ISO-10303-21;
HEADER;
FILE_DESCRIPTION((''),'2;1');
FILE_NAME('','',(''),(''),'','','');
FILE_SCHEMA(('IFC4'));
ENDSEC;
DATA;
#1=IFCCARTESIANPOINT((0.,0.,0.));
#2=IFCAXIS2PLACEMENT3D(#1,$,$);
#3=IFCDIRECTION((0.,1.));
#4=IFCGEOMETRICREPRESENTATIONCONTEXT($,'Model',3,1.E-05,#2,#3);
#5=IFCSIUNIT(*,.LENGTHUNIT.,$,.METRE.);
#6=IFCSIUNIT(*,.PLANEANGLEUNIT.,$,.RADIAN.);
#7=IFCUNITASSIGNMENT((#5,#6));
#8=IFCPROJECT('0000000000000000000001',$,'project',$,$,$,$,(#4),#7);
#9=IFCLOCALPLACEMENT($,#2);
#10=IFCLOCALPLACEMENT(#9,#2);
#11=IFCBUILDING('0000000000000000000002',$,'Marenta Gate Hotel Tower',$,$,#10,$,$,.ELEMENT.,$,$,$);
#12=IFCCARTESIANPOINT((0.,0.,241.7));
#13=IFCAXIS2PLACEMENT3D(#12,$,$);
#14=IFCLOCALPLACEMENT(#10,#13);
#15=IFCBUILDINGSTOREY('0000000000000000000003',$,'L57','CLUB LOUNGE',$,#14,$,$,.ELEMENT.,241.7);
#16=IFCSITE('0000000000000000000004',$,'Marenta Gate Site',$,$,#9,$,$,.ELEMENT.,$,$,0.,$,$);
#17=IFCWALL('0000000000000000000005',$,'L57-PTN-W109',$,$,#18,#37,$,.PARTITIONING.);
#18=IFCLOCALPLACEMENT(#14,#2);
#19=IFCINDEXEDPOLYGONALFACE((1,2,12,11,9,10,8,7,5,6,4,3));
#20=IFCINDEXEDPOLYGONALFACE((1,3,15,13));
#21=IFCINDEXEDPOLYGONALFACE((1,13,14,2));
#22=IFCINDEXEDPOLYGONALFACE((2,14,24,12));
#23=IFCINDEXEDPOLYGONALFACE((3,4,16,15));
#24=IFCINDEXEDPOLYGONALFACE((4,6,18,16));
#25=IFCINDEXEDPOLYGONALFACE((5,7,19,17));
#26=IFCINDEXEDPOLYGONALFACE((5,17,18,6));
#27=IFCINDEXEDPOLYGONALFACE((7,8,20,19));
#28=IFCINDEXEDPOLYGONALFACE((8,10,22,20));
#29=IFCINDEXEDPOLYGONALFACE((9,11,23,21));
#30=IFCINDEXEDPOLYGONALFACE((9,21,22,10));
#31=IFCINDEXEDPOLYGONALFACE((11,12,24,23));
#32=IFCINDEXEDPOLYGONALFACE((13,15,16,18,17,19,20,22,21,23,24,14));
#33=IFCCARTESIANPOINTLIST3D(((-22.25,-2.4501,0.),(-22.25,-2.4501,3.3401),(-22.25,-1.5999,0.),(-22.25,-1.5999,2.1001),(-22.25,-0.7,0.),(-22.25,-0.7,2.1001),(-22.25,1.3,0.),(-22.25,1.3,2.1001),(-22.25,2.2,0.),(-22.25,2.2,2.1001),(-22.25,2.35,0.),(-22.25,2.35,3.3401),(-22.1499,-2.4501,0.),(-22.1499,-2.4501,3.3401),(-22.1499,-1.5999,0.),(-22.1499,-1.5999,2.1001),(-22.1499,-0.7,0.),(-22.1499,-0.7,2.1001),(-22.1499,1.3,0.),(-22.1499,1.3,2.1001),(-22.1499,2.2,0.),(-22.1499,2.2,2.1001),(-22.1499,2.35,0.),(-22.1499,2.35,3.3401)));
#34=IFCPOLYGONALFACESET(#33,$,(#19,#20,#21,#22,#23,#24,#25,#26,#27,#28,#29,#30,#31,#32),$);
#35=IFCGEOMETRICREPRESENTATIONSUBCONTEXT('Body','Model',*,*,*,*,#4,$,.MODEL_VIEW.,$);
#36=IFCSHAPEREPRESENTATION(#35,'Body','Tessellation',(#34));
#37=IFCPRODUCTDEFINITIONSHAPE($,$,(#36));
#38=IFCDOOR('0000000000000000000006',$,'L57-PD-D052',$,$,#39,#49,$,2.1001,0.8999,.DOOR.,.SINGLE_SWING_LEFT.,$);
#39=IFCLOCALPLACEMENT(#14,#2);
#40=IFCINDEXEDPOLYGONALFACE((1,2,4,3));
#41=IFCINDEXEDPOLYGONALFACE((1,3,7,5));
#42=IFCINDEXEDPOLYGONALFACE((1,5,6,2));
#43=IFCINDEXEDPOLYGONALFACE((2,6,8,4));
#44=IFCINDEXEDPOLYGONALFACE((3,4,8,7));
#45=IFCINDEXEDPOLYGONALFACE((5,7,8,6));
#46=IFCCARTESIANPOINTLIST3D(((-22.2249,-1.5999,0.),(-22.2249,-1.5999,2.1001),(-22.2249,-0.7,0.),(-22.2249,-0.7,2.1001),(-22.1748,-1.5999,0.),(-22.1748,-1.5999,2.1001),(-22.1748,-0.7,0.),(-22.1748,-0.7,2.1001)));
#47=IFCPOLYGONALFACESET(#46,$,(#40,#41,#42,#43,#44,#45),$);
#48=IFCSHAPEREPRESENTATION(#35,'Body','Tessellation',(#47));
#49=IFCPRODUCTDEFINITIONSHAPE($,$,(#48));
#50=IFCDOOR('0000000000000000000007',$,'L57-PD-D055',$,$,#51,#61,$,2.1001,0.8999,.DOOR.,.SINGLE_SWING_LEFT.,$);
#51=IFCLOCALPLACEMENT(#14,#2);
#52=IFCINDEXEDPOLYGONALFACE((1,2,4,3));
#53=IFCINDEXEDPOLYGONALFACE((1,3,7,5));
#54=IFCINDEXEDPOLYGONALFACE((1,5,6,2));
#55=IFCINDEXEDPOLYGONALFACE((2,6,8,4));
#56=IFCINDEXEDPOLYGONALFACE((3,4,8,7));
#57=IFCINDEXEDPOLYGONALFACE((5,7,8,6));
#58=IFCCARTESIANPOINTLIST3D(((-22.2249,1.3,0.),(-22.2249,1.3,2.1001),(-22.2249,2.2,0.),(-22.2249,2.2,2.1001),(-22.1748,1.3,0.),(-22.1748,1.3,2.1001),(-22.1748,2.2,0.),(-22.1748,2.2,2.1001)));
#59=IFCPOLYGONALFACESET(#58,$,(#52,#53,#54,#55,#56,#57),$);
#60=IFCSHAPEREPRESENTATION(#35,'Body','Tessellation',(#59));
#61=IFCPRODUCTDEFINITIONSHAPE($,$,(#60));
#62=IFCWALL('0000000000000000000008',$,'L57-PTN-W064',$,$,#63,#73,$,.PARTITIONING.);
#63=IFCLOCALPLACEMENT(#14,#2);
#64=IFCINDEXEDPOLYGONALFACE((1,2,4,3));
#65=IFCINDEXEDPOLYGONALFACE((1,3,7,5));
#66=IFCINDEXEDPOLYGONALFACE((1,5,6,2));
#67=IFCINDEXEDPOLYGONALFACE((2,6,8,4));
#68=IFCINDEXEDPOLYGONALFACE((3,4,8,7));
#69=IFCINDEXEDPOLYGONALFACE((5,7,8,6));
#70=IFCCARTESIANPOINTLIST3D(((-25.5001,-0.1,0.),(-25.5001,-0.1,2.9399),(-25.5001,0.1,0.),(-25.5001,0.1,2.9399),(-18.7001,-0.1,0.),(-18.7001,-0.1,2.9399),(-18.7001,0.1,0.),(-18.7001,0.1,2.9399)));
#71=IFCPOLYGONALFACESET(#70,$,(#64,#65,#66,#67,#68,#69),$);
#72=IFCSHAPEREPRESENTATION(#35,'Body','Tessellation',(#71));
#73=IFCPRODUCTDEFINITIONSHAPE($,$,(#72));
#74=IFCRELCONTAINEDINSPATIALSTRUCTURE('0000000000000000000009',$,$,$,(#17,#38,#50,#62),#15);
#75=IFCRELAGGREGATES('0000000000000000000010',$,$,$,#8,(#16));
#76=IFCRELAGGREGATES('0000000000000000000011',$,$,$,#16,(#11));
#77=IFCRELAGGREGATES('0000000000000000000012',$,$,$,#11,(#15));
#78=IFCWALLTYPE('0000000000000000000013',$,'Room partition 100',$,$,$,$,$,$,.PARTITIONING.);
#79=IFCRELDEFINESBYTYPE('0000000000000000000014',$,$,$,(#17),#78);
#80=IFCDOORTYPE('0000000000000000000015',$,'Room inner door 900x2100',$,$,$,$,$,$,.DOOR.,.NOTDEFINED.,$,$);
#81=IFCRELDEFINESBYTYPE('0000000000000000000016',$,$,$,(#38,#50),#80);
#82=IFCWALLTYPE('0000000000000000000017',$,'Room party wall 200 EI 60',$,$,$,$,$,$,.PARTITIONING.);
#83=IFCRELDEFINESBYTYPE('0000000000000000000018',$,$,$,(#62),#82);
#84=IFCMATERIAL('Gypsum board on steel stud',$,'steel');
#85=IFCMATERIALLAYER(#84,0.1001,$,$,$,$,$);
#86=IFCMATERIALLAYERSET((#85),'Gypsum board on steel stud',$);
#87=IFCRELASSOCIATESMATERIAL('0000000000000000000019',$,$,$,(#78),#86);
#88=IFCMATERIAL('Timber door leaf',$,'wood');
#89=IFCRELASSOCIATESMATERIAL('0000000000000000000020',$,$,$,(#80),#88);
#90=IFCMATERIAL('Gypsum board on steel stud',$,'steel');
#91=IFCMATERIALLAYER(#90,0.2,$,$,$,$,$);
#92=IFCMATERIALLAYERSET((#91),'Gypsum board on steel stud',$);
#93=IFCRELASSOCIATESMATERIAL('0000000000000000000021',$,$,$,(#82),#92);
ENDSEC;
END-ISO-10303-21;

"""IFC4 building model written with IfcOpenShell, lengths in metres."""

from ifc_helpers import new_model, si_unit, direction, frame, frame_2d, origin, place, context, subcontext, project, spatial, rectangle, extrude, material, layer, layer_set, type_object, element, fill, save


model = new_model("IFC4")

# Units and contexts
model_context = context("Model", 3, precision=1e-05, world=origin(), true_north=direction((0.0, 1.0)))
body_context = subcontext(model_context, "Body", "Model", "MODEL_VIEW")
ifc_project = project(units=[si_unit("LENGTHUNIT", "METRE"), si_unit("PLANEANGLEUNIT", "RADIAN")], contexts=[model_context])

# Site, building, storey
site_placement = place(None, origin())
site = spatial("IfcSite", under=ifc_project, at=site_placement, Name="Marenta Gate Site", CompositionType="ELEMENT", RefElevation=0.0)
building_placement = place(site_placement, origin())
building = spatial("IfcBuilding", under=site, at=building_placement, Name="Marenta Gate Hotel Tower", CompositionType="ELEMENT")
storey_placement = place(building_placement, frame((0.0, 0.0, 241.7)))
storey = spatial("IfcBuildingStorey", under=building, at=storey_placement, Name="L57", Description="CLUB LOUNGE", CompositionType="ELEMENT", Elevation=241.7)

# Shared definitions
ifc_material_1 = material(Name="Gypsum board on steel stud", Category="steel")
ifc_layer_1 = layer(ifc_material_1, 0.1001)
ifc_layer_set_1 = layer_set([ifc_layer_1], Name="Gypsum board on steel stud")
wall_type_1 = type_object("IfcWallType", Name="Room partition 100", PredefinedType="PARTITIONING", material=ifc_layer_set_1)

# Wall, openings, doors
wall_1_placement = place(storey_placement, frame((-22.2, -2.45, 0.0), z_axis=(0.0, 0.0, 1.0), x_axis=(0.0, 1.0, 0.0)))
wall_1 = element("IfcWall", 1, at=wall_1_placement, inside=storey, type_object=wall_type_1, Name="L57-PTN-W109", PredefinedType="PARTITIONING", context=body_context, shape_type="SweptSolid", body=[
    extrude(rectangle(XDim=4.8, YDim=0.1001, at=frame_2d((2.3999, 0.0))), origin(), (0.0, 0.0, 1.0), 3.3401),
])
opening_1_placement = place(wall_1_placement, frame((0.8501, 0.0, 0.0)))
opening_1 = element("IfcOpeningElement", 2, at=opening_1_placement, cuts=wall_1, PredefinedType="OPENING", context=body_context, shape_type="SweptSolid", body=[
    extrude(rectangle(XDim=0.8999, YDim=2.1001, at=frame_2d((0.45, 1.05))), frame((0.0, 0.05, 0.0), z_axis=(0.0, -1.0, 0.0), x_axis=(1.0, 0.0, 0.0)), (0.0, 0.0, 1.0), 0.1001),
])
opening_2_placement = place(wall_1_placement, frame((3.75, 0.0, 0.0)))
opening_2 = element("IfcOpeningElement", 3, at=opening_2_placement, cuts=wall_1, PredefinedType="OPENING", context=body_context, shape_type="SweptSolid", body=[
    extrude(rectangle(XDim=0.8999, YDim=2.1001, at=frame_2d((0.45, 1.05))), frame((0.0, 0.05, 0.0), z_axis=(0.0, -1.0, 0.0), x_axis=(1.0, 0.0, 0.0)), (0.0, 0.0, 1.0), 0.1001),
])
ifc_material_2 = material(Name="Timber door leaf", Category="wood")
door_type_1 = type_object("IfcDoorType", Name="Room inner door 900x2100", OperationType="NOTDEFINED", PredefinedType="DOOR", material=ifc_material_2)
door_1_placement = place(opening_1_placement, origin())
door_1 = element("IfcDoor", 4, at=door_1_placement, inside=storey, type_object=door_type_1, Name="L57-PD-D052", OperationType="SINGLE_SWING_LEFT", OverallHeight=2.1001, OverallWidth=0.8999, PredefinedType="DOOR", context=body_context, shape_type="SweptSolid", body=[
    extrude(rectangle(XDim=0.8999, YDim=2.1001, at=frame_2d((0.45, 1.05))), frame((0.0, 0.0249, 0.0), z_axis=(0.0, -1.0, 0.0), x_axis=(1.0, 0.0, 0.0)), (0.0, 0.0, 1.0), 0.05),
])
fill(opening_1, door_1)
door_2_placement = place(opening_2_placement, origin())
door_2 = element("IfcDoor", 5, at=door_2_placement, inside=storey, type_object=door_type_1, Name="L57-PD-D055", OperationType="SINGLE_SWING_LEFT", OverallHeight=2.1001, OverallWidth=0.8999, PredefinedType="DOOR", context=body_context, shape_type="SweptSolid", body=[
    extrude(rectangle(XDim=0.8999, YDim=2.1001, at=frame_2d((0.45, 1.05))), frame((0.0, 0.0249, 0.0), z_axis=(0.0, -1.0, 0.0), x_axis=(1.0, 0.0, 0.0)), (0.0, 0.0, 1.0), 0.05),
])
fill(opening_2, door_2)

# Wall
ifc_material_3 = material(Name="Gypsum board on steel stud", Category="steel")
ifc_layer_2 = layer(ifc_material_3, 0.2)
ifc_layer_set_2 = layer_set([ifc_layer_2], Name="Gypsum board on steel stud")
wall_type_2 = type_object("IfcWallType", Name="Room party wall 200 EI 60", PredefinedType="PARTITIONING", material=ifc_layer_set_2)
wall_2_placement = place(storey_placement, frame((-25.5, 0.0, 0.0), z_axis=(0.0, 0.0, 1.0), x_axis=(1.0, 0.0, 0.0)))
element("IfcWall", 6, at=wall_2_placement, inside=storey, type_object=wall_type_2, Name="L57-PTN-W064", PredefinedType="PARTITIONING", context=body_context, shape_type="SweptSolid", body=[
    extrude(rectangle(XDim=6.8, YDim=0.2, at=frame_2d((3.3999, 0.0))), origin(), (0.0, 0.0, 1.0), 2.9399),
])

save(model, "model.ifc")
